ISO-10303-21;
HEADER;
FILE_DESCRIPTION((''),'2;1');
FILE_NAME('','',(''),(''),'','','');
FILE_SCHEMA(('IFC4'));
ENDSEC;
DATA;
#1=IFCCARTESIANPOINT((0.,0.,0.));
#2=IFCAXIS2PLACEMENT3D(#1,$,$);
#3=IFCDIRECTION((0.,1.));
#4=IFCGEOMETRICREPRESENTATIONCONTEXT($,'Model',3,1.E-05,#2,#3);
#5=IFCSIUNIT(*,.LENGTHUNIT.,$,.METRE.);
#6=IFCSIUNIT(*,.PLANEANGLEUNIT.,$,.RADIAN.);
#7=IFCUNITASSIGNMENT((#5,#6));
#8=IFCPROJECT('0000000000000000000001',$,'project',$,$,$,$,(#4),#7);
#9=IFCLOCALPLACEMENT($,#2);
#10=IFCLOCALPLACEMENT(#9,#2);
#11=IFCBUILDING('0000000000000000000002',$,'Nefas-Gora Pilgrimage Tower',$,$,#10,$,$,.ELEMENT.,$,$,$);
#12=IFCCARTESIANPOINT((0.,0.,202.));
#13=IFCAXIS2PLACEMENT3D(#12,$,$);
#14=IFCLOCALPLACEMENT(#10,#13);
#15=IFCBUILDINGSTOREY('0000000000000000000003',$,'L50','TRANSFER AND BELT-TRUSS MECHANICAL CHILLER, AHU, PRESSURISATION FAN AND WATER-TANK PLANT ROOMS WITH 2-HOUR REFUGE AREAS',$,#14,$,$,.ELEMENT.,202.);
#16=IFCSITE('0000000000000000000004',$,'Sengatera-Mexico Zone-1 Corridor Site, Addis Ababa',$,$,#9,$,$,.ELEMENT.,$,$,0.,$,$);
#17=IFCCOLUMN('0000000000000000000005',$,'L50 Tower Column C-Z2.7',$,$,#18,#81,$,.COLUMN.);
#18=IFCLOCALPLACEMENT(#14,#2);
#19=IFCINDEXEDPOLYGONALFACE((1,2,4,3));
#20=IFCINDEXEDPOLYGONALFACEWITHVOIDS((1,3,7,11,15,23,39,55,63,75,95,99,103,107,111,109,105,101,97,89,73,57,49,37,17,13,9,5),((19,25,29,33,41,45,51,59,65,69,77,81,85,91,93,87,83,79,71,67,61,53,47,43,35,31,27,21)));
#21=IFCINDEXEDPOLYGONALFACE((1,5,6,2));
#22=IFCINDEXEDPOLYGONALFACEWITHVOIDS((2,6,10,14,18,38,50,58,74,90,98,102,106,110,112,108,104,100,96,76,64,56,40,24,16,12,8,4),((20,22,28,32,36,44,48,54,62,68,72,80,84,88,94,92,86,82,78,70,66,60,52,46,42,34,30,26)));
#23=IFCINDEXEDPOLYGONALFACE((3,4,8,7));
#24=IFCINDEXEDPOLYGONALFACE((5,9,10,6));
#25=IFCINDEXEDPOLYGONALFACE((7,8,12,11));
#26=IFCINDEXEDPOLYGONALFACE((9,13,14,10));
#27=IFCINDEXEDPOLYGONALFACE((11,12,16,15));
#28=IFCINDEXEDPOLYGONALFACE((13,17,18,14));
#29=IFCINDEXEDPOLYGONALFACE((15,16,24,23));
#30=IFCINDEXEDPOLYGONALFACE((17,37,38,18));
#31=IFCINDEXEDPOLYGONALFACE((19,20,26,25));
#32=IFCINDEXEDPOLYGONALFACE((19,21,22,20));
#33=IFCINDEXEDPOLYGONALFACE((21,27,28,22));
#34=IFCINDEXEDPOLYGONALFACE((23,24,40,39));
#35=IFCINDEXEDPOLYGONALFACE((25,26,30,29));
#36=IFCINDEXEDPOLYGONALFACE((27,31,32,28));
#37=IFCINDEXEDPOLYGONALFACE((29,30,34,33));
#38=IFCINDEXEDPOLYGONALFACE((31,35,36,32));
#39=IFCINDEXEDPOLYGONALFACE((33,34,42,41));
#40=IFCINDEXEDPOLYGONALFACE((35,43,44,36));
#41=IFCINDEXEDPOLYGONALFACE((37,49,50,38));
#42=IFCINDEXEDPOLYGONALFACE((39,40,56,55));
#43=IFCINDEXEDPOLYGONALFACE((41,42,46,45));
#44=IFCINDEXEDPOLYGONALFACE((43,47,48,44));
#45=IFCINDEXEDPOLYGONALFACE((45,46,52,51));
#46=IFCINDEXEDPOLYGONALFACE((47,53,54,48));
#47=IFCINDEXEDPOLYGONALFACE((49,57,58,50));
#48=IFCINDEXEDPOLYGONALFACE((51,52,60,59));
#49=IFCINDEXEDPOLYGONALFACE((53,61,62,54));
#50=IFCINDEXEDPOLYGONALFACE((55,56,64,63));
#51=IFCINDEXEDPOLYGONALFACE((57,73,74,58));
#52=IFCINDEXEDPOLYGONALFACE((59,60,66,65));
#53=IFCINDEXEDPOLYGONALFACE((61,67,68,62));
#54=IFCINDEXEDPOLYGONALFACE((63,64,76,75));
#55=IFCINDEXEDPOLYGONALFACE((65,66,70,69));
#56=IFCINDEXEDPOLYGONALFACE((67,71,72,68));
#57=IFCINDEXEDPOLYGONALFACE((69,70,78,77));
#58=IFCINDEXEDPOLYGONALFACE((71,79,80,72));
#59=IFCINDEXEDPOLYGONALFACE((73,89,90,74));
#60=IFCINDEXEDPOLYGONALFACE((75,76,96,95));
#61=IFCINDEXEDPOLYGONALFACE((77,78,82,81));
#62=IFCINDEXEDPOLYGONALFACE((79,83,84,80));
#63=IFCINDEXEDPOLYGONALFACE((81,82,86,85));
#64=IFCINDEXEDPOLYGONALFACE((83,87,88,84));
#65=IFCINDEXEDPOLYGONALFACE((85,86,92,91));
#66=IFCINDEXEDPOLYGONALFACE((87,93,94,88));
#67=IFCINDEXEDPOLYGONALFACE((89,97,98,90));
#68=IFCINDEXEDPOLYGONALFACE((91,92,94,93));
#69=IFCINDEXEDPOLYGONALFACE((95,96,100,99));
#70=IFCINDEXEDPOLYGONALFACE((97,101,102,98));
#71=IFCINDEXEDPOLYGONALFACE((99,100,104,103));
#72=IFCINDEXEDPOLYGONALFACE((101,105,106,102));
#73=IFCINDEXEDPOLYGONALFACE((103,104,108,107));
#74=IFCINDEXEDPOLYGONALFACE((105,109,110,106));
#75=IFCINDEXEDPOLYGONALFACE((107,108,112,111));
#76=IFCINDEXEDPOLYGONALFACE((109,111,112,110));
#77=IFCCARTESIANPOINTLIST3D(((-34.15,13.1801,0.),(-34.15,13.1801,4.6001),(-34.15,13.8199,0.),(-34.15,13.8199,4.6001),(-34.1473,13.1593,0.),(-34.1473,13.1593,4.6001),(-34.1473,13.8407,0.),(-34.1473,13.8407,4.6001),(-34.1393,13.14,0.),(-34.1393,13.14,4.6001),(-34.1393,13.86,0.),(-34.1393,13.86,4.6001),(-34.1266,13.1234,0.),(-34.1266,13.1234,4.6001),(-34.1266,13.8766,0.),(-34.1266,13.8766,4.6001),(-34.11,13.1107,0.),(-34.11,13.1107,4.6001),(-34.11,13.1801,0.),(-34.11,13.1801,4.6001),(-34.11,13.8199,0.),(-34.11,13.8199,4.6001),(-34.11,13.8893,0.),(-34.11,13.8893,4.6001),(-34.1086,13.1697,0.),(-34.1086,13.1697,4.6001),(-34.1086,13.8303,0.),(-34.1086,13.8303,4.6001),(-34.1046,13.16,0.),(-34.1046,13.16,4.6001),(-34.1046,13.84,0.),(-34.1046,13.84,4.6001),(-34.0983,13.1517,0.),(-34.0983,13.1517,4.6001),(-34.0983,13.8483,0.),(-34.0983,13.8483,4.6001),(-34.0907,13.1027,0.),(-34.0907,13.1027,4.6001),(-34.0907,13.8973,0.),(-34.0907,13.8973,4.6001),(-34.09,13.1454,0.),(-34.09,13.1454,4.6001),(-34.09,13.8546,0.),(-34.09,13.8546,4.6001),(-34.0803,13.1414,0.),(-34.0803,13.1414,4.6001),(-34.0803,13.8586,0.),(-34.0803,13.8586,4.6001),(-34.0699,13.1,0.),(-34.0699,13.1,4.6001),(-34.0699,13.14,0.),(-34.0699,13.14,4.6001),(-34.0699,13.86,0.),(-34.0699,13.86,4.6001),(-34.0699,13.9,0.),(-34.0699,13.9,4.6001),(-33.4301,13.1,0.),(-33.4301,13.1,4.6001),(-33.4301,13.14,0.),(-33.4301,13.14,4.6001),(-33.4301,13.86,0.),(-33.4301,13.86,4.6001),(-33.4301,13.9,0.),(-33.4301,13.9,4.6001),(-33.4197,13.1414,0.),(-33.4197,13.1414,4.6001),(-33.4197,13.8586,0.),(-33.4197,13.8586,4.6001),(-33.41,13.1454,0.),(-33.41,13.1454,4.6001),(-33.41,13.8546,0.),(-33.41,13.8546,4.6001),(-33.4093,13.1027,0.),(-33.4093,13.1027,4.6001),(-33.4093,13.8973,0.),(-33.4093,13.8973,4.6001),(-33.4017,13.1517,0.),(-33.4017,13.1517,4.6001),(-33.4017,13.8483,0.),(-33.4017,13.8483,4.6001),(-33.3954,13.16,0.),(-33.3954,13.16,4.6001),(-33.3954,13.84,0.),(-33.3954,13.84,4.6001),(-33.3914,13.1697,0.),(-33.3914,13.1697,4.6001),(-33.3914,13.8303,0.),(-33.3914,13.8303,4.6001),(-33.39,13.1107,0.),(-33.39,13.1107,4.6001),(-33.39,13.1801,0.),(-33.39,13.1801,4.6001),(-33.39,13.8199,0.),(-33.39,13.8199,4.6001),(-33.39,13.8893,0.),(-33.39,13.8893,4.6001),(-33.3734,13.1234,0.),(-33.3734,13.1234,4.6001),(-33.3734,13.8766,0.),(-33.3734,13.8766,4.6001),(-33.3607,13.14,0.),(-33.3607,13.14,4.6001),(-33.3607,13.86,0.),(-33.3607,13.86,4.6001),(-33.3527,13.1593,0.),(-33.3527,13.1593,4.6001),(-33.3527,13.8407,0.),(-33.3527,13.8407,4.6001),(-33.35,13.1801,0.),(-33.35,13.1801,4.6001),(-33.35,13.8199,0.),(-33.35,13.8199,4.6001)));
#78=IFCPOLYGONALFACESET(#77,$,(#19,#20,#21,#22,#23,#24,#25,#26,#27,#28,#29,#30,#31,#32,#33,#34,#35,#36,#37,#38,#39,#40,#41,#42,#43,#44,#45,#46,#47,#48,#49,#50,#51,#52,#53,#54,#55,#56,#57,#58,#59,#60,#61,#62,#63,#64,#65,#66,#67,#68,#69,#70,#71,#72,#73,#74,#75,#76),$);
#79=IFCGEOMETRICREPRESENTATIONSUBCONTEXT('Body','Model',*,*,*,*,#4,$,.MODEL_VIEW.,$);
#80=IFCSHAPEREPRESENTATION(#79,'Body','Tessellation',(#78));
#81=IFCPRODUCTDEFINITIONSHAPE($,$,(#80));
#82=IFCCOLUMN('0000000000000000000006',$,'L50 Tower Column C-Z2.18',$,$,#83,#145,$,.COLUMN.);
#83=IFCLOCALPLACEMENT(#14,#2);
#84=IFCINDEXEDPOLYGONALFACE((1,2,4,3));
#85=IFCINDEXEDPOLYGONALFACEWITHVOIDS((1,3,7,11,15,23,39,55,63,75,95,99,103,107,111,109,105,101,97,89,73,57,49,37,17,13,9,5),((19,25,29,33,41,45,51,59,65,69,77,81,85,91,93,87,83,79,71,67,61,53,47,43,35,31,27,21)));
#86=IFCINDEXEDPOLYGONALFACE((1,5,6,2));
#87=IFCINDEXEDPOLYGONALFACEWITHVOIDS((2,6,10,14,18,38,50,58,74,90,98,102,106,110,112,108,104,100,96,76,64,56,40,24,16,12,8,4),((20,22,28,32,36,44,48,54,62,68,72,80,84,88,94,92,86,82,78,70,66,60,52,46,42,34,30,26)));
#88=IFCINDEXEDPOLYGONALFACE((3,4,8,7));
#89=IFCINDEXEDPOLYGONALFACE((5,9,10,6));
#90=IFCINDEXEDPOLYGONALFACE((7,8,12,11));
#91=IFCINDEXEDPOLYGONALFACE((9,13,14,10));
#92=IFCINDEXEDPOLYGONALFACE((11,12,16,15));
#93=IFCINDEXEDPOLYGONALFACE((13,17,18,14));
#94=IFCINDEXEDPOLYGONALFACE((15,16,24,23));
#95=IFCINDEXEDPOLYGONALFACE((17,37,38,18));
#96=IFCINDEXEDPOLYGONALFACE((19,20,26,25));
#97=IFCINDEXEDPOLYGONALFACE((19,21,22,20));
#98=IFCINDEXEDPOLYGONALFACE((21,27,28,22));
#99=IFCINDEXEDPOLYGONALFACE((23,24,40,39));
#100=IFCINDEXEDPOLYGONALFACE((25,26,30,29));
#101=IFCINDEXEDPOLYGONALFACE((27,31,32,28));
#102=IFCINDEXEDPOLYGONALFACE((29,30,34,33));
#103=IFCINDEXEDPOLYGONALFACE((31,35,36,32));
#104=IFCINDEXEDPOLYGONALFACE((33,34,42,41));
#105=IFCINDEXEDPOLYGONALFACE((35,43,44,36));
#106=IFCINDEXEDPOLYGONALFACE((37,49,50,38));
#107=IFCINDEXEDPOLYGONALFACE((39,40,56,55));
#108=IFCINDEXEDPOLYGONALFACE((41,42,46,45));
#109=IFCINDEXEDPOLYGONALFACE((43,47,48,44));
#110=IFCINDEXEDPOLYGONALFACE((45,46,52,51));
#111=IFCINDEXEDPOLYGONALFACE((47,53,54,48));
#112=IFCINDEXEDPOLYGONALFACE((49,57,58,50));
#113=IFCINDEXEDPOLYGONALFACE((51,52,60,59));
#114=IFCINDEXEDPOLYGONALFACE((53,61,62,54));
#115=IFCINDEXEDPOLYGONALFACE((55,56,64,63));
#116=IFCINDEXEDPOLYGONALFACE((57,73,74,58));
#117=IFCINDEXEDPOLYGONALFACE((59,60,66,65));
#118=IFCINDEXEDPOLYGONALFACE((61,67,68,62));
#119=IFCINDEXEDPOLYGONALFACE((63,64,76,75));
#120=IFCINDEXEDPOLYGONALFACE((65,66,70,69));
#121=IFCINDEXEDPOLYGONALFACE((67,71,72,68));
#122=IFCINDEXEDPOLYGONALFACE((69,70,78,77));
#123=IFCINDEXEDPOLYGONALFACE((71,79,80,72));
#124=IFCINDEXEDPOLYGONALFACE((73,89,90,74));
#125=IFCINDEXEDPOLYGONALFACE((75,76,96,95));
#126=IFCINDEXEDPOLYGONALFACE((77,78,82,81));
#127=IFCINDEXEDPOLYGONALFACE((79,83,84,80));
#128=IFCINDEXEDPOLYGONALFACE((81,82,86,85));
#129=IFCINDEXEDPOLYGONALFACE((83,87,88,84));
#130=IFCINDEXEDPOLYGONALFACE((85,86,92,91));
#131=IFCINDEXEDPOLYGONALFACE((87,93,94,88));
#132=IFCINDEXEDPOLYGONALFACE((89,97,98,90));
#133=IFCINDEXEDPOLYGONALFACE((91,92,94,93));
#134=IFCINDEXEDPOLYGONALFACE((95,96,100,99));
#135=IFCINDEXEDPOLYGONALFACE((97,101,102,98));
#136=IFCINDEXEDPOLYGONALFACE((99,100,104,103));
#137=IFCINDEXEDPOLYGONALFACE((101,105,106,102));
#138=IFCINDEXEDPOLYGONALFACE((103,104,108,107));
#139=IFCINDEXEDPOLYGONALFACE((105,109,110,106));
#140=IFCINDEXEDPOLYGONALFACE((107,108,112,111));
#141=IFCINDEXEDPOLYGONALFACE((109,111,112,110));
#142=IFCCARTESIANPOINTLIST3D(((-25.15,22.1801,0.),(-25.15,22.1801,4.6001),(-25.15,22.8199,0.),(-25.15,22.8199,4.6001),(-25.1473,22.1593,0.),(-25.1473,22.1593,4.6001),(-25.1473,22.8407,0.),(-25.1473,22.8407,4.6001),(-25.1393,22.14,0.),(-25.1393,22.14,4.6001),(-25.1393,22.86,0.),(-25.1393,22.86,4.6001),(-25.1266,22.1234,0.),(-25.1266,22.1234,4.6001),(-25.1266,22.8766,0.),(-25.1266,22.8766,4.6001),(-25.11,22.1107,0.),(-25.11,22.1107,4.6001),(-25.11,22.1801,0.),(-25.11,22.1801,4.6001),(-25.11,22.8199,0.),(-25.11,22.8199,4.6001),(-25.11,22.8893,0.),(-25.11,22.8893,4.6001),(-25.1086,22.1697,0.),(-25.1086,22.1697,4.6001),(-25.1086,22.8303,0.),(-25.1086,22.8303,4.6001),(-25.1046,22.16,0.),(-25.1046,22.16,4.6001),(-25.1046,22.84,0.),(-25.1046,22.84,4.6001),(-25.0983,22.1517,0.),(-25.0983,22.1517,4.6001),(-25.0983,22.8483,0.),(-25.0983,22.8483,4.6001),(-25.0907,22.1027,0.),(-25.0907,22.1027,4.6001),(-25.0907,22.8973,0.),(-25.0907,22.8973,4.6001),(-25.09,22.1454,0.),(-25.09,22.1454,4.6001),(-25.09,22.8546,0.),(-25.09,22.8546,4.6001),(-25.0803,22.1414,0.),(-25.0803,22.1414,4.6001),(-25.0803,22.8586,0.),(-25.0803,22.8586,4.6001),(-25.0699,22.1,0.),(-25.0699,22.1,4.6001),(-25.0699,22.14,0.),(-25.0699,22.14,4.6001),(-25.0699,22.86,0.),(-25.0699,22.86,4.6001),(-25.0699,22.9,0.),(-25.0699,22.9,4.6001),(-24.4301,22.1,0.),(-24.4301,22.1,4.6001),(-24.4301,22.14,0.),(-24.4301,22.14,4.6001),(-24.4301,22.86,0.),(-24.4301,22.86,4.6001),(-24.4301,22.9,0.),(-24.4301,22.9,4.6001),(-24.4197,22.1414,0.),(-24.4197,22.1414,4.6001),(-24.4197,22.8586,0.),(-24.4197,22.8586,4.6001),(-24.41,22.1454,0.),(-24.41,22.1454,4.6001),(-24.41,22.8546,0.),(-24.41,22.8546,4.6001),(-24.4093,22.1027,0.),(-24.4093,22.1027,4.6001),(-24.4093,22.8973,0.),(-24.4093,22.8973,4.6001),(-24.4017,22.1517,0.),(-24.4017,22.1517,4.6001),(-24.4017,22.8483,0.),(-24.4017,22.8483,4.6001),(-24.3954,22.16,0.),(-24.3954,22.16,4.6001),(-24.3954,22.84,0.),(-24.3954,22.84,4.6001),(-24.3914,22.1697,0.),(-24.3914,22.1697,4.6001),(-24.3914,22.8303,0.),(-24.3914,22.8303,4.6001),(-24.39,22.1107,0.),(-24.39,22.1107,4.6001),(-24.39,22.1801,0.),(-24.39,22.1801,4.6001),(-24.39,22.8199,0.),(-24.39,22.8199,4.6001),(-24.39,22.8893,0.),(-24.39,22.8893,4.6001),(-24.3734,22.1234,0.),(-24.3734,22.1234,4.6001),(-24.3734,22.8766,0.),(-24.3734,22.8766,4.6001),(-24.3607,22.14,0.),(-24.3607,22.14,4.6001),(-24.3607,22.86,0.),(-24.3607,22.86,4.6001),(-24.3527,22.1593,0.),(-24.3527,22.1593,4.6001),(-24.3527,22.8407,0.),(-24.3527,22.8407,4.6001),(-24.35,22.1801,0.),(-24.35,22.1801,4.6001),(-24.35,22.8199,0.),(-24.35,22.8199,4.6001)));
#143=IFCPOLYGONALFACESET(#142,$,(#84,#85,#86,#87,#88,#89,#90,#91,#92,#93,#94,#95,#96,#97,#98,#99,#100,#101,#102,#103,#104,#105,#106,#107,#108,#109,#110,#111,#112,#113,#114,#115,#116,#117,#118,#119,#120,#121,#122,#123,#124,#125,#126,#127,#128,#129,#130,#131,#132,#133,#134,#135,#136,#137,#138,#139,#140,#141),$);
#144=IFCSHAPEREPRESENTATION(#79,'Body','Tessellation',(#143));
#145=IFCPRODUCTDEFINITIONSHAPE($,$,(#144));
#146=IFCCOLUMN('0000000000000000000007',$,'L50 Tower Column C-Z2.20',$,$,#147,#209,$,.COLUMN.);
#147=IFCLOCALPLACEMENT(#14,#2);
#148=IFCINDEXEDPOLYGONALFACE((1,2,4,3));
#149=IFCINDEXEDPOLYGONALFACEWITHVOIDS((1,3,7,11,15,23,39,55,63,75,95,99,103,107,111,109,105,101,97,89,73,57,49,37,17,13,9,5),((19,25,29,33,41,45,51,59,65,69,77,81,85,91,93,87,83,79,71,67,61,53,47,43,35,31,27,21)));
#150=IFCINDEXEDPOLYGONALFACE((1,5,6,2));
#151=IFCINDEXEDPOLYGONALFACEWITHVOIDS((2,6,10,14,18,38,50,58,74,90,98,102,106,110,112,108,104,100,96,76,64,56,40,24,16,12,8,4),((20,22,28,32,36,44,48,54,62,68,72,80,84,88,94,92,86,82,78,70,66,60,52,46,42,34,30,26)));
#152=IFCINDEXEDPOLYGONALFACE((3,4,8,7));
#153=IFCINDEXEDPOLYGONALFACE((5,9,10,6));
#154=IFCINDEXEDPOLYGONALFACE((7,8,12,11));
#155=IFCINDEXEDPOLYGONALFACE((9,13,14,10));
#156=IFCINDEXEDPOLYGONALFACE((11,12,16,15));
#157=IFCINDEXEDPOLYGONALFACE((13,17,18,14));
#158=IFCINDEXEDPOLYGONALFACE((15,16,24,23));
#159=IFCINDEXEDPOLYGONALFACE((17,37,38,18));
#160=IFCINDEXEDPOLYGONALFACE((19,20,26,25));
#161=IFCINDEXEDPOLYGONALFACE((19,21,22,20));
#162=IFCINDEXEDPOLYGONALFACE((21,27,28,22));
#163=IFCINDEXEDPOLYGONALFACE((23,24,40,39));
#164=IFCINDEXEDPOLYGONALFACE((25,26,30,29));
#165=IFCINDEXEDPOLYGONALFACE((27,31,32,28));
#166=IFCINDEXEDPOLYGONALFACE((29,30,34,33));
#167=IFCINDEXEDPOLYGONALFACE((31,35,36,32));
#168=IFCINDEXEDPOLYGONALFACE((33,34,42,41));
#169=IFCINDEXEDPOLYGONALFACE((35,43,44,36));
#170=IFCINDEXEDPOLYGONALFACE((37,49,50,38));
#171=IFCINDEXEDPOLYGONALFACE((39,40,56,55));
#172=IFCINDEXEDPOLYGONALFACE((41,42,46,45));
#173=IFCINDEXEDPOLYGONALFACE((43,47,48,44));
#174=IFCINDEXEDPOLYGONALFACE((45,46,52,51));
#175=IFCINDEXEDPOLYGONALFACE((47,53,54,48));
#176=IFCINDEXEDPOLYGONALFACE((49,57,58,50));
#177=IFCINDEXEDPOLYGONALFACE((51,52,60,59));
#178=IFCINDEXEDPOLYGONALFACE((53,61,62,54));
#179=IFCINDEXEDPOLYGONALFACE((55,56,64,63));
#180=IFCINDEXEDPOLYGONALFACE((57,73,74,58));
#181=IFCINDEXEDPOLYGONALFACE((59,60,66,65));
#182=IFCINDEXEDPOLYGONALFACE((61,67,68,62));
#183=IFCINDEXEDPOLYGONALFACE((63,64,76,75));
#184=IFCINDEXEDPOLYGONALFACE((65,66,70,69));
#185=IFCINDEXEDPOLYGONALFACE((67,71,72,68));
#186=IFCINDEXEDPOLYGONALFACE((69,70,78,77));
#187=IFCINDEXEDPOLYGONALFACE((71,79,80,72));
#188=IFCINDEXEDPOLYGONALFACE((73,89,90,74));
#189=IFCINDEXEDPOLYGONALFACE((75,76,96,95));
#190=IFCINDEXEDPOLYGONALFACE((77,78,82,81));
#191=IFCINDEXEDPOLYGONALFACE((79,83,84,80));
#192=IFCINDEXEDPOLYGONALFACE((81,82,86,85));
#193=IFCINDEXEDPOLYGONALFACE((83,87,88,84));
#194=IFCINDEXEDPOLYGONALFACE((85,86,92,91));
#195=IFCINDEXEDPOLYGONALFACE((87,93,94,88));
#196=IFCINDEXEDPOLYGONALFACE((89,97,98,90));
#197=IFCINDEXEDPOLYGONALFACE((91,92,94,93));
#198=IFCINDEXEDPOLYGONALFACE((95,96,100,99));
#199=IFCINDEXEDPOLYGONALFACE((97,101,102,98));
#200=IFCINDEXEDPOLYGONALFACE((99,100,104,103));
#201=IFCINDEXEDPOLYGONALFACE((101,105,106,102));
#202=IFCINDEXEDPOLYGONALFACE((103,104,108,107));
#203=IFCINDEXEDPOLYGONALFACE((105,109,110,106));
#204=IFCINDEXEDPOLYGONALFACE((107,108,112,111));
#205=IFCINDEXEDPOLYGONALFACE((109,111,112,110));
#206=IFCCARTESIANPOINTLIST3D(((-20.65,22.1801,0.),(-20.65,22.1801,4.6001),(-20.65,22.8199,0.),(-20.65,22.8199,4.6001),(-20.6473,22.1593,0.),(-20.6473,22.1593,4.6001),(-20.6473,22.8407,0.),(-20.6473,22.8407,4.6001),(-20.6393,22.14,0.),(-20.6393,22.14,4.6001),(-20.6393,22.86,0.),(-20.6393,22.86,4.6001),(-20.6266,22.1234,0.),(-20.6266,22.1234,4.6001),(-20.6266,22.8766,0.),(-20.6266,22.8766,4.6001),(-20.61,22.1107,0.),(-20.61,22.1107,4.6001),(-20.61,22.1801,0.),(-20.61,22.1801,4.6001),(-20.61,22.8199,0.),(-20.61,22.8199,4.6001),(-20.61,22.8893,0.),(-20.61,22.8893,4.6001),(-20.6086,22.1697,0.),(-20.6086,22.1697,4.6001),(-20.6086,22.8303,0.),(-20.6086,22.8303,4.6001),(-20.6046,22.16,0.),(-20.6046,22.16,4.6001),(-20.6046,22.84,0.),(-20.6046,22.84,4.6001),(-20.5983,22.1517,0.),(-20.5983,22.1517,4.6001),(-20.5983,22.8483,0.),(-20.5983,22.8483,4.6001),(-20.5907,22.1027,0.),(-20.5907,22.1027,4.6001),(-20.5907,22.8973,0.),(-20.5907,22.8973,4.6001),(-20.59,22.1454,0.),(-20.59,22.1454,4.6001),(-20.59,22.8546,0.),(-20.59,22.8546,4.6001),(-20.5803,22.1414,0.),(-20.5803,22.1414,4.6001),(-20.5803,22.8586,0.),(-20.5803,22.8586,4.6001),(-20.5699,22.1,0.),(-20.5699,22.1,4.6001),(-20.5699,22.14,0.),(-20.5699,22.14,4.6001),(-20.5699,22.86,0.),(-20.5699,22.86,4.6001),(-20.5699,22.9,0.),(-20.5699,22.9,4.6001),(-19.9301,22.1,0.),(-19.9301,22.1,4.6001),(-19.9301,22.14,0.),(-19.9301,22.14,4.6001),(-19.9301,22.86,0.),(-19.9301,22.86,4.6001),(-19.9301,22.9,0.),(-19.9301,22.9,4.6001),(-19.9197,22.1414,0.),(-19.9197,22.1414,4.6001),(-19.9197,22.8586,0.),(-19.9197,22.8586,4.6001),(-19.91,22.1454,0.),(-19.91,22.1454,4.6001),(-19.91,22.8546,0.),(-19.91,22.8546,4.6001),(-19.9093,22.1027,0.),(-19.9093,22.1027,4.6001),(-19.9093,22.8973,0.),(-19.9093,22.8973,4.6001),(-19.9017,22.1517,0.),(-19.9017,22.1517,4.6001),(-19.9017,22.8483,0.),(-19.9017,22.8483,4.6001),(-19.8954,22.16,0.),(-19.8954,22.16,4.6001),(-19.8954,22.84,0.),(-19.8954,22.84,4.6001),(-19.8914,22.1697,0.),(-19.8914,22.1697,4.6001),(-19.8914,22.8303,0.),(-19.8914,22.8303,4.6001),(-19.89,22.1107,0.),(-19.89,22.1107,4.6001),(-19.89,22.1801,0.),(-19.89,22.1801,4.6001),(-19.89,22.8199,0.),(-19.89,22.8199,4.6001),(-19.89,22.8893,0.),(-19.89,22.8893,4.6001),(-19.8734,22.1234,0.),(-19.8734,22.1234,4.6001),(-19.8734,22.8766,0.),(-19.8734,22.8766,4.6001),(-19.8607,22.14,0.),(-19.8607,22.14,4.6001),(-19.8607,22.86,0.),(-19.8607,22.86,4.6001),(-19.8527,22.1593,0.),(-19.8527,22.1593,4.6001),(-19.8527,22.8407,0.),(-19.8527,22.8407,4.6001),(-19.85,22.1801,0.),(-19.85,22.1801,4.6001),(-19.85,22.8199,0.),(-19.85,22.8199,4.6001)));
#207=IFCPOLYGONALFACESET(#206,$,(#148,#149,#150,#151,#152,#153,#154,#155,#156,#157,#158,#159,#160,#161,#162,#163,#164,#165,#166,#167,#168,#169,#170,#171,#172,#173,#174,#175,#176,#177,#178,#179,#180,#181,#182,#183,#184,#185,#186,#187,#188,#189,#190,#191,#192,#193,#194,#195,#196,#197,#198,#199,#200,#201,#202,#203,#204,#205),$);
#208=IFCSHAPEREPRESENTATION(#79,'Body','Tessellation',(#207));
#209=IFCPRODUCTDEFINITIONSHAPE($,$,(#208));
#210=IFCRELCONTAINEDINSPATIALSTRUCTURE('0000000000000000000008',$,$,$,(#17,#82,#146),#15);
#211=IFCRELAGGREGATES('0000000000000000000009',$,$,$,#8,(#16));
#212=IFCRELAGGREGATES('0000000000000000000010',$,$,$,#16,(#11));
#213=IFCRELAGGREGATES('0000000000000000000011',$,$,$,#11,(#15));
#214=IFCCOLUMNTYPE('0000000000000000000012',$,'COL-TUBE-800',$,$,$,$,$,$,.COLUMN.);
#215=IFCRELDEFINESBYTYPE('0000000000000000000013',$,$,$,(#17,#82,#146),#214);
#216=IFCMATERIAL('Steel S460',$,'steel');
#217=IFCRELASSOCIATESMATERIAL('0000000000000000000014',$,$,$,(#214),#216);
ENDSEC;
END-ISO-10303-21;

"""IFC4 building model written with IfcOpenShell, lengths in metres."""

from ifc_helpers import new_model, si_unit, direction, frame, origin, origin_2d, place, context, subcontext, project, spatial, hollow_rectangle, extrude, source, transform, mapped, material, material_profile, profile_set, type_object, element, save


model = new_model("IFC4")

# Units and contexts
model_context = context("Model", 3, precision=1e-05, world=origin(), true_north=direction((0.0, 1.0)))
body_context = subcontext(model_context, "Body", "Model", "MODEL_VIEW")
ifc_project = project(units=[si_unit("LENGTHUNIT", "METRE"), si_unit("PLANEANGLEUNIT", "RADIAN")], contexts=[model_context])

# Site, building, storey
site_placement = place(None, origin())
site = spatial("IfcSite", under=ifc_project, at=site_placement, Name="Sengatera-Mexico Zone-1 Corridor Site, Addis Ababa", CompositionType="ELEMENT", RefElevation=0.0)
building_placement = place(site_placement, origin())
building = spatial("IfcBuilding", under=site, at=building_placement, Name="Nefas-Gora Pilgrimage Tower", CompositionType="ELEMENT")
storey_placement = place(building_placement, frame((0.0, 0.0, 202.0)))
storey = spatial("IfcBuildingStorey", under=building, at=storey_placement, Name="L50", Description="TRANSFER AND BELT-TRUSS MECHANICAL CHILLER, AHU, PRESSURISATION FAN AND WATER-TANK PLANT ROOMS WITH 2-HOUR REFUGE AREAS", CompositionType="ELEMENT", Elevation=202.0)

# Columns
ifc_material_1 = material(Name="Steel S460", Category="steel")
ifc_material_profile_1 = material_profile(ifc_material_1, hollow_rectangle(XDim=0.8, YDim=0.8, WallThickness=0.04, InnerFilletRadius=0.04, OuterFilletRadius=0.0801, at=origin_2d()), Name="BOX 800x800x40")
ifc_profile_set_1 = profile_set([ifc_material_profile_1], Name="Steel S460")
column_type_1 = type_object("IfcColumnType", Name="COL-TUBE-800", PredefinedType="COLUMN", material=ifc_profile_set_1)
shared_shape_1 = source(origin(), body_context, "Body", "SweptSolid", [
    extrude(hollow_rectangle(XDim=0.8, YDim=0.8, WallThickness=0.04, InnerFilletRadius=0.04, OuterFilletRadius=0.0801, at=origin_2d()), origin(), (0.0, 0.0, 1.0), 4.6001),
])
for number, where, z_axis, x_axis, name in (
    (1, (-33.75, 13.5, 0.0), (0.0, 0.0, 1.0), (1.0, 0.0, 0.0), "L50 Tower Column C-Z2.7"),
    (2, (-24.75, 22.5, 0.0), (0.0, 0.0, 1.0), (1.0, 0.0, 0.0), "L50 Tower Column C-Z2.18"),
    (3, (-20.25, 22.5, 0.0), (0.0, 0.0, 1.0), (1.0, 0.0, 0.0), "L50 Tower Column C-Z2.20"),
):
    element("IfcColumn", number, at=place(storey_placement, frame(where, z_axis=z_axis, x_axis=x_axis)), inside=storey, type_object=column_type_1, Name=name, PredefinedType="COLUMN", context=body_context, shape_type="MappedRepresentation", body=[
        mapped(shared_shape_1, transform((0.0, 0.0, 0.0), x_axis=(1.0, 0.0, 0.0), y_axis=(0.0, 1.0, 0.0), z_axis=(0.0, 0.0, 1.0), scale=1.0)),
    ])

save(model, "model.ifc")
